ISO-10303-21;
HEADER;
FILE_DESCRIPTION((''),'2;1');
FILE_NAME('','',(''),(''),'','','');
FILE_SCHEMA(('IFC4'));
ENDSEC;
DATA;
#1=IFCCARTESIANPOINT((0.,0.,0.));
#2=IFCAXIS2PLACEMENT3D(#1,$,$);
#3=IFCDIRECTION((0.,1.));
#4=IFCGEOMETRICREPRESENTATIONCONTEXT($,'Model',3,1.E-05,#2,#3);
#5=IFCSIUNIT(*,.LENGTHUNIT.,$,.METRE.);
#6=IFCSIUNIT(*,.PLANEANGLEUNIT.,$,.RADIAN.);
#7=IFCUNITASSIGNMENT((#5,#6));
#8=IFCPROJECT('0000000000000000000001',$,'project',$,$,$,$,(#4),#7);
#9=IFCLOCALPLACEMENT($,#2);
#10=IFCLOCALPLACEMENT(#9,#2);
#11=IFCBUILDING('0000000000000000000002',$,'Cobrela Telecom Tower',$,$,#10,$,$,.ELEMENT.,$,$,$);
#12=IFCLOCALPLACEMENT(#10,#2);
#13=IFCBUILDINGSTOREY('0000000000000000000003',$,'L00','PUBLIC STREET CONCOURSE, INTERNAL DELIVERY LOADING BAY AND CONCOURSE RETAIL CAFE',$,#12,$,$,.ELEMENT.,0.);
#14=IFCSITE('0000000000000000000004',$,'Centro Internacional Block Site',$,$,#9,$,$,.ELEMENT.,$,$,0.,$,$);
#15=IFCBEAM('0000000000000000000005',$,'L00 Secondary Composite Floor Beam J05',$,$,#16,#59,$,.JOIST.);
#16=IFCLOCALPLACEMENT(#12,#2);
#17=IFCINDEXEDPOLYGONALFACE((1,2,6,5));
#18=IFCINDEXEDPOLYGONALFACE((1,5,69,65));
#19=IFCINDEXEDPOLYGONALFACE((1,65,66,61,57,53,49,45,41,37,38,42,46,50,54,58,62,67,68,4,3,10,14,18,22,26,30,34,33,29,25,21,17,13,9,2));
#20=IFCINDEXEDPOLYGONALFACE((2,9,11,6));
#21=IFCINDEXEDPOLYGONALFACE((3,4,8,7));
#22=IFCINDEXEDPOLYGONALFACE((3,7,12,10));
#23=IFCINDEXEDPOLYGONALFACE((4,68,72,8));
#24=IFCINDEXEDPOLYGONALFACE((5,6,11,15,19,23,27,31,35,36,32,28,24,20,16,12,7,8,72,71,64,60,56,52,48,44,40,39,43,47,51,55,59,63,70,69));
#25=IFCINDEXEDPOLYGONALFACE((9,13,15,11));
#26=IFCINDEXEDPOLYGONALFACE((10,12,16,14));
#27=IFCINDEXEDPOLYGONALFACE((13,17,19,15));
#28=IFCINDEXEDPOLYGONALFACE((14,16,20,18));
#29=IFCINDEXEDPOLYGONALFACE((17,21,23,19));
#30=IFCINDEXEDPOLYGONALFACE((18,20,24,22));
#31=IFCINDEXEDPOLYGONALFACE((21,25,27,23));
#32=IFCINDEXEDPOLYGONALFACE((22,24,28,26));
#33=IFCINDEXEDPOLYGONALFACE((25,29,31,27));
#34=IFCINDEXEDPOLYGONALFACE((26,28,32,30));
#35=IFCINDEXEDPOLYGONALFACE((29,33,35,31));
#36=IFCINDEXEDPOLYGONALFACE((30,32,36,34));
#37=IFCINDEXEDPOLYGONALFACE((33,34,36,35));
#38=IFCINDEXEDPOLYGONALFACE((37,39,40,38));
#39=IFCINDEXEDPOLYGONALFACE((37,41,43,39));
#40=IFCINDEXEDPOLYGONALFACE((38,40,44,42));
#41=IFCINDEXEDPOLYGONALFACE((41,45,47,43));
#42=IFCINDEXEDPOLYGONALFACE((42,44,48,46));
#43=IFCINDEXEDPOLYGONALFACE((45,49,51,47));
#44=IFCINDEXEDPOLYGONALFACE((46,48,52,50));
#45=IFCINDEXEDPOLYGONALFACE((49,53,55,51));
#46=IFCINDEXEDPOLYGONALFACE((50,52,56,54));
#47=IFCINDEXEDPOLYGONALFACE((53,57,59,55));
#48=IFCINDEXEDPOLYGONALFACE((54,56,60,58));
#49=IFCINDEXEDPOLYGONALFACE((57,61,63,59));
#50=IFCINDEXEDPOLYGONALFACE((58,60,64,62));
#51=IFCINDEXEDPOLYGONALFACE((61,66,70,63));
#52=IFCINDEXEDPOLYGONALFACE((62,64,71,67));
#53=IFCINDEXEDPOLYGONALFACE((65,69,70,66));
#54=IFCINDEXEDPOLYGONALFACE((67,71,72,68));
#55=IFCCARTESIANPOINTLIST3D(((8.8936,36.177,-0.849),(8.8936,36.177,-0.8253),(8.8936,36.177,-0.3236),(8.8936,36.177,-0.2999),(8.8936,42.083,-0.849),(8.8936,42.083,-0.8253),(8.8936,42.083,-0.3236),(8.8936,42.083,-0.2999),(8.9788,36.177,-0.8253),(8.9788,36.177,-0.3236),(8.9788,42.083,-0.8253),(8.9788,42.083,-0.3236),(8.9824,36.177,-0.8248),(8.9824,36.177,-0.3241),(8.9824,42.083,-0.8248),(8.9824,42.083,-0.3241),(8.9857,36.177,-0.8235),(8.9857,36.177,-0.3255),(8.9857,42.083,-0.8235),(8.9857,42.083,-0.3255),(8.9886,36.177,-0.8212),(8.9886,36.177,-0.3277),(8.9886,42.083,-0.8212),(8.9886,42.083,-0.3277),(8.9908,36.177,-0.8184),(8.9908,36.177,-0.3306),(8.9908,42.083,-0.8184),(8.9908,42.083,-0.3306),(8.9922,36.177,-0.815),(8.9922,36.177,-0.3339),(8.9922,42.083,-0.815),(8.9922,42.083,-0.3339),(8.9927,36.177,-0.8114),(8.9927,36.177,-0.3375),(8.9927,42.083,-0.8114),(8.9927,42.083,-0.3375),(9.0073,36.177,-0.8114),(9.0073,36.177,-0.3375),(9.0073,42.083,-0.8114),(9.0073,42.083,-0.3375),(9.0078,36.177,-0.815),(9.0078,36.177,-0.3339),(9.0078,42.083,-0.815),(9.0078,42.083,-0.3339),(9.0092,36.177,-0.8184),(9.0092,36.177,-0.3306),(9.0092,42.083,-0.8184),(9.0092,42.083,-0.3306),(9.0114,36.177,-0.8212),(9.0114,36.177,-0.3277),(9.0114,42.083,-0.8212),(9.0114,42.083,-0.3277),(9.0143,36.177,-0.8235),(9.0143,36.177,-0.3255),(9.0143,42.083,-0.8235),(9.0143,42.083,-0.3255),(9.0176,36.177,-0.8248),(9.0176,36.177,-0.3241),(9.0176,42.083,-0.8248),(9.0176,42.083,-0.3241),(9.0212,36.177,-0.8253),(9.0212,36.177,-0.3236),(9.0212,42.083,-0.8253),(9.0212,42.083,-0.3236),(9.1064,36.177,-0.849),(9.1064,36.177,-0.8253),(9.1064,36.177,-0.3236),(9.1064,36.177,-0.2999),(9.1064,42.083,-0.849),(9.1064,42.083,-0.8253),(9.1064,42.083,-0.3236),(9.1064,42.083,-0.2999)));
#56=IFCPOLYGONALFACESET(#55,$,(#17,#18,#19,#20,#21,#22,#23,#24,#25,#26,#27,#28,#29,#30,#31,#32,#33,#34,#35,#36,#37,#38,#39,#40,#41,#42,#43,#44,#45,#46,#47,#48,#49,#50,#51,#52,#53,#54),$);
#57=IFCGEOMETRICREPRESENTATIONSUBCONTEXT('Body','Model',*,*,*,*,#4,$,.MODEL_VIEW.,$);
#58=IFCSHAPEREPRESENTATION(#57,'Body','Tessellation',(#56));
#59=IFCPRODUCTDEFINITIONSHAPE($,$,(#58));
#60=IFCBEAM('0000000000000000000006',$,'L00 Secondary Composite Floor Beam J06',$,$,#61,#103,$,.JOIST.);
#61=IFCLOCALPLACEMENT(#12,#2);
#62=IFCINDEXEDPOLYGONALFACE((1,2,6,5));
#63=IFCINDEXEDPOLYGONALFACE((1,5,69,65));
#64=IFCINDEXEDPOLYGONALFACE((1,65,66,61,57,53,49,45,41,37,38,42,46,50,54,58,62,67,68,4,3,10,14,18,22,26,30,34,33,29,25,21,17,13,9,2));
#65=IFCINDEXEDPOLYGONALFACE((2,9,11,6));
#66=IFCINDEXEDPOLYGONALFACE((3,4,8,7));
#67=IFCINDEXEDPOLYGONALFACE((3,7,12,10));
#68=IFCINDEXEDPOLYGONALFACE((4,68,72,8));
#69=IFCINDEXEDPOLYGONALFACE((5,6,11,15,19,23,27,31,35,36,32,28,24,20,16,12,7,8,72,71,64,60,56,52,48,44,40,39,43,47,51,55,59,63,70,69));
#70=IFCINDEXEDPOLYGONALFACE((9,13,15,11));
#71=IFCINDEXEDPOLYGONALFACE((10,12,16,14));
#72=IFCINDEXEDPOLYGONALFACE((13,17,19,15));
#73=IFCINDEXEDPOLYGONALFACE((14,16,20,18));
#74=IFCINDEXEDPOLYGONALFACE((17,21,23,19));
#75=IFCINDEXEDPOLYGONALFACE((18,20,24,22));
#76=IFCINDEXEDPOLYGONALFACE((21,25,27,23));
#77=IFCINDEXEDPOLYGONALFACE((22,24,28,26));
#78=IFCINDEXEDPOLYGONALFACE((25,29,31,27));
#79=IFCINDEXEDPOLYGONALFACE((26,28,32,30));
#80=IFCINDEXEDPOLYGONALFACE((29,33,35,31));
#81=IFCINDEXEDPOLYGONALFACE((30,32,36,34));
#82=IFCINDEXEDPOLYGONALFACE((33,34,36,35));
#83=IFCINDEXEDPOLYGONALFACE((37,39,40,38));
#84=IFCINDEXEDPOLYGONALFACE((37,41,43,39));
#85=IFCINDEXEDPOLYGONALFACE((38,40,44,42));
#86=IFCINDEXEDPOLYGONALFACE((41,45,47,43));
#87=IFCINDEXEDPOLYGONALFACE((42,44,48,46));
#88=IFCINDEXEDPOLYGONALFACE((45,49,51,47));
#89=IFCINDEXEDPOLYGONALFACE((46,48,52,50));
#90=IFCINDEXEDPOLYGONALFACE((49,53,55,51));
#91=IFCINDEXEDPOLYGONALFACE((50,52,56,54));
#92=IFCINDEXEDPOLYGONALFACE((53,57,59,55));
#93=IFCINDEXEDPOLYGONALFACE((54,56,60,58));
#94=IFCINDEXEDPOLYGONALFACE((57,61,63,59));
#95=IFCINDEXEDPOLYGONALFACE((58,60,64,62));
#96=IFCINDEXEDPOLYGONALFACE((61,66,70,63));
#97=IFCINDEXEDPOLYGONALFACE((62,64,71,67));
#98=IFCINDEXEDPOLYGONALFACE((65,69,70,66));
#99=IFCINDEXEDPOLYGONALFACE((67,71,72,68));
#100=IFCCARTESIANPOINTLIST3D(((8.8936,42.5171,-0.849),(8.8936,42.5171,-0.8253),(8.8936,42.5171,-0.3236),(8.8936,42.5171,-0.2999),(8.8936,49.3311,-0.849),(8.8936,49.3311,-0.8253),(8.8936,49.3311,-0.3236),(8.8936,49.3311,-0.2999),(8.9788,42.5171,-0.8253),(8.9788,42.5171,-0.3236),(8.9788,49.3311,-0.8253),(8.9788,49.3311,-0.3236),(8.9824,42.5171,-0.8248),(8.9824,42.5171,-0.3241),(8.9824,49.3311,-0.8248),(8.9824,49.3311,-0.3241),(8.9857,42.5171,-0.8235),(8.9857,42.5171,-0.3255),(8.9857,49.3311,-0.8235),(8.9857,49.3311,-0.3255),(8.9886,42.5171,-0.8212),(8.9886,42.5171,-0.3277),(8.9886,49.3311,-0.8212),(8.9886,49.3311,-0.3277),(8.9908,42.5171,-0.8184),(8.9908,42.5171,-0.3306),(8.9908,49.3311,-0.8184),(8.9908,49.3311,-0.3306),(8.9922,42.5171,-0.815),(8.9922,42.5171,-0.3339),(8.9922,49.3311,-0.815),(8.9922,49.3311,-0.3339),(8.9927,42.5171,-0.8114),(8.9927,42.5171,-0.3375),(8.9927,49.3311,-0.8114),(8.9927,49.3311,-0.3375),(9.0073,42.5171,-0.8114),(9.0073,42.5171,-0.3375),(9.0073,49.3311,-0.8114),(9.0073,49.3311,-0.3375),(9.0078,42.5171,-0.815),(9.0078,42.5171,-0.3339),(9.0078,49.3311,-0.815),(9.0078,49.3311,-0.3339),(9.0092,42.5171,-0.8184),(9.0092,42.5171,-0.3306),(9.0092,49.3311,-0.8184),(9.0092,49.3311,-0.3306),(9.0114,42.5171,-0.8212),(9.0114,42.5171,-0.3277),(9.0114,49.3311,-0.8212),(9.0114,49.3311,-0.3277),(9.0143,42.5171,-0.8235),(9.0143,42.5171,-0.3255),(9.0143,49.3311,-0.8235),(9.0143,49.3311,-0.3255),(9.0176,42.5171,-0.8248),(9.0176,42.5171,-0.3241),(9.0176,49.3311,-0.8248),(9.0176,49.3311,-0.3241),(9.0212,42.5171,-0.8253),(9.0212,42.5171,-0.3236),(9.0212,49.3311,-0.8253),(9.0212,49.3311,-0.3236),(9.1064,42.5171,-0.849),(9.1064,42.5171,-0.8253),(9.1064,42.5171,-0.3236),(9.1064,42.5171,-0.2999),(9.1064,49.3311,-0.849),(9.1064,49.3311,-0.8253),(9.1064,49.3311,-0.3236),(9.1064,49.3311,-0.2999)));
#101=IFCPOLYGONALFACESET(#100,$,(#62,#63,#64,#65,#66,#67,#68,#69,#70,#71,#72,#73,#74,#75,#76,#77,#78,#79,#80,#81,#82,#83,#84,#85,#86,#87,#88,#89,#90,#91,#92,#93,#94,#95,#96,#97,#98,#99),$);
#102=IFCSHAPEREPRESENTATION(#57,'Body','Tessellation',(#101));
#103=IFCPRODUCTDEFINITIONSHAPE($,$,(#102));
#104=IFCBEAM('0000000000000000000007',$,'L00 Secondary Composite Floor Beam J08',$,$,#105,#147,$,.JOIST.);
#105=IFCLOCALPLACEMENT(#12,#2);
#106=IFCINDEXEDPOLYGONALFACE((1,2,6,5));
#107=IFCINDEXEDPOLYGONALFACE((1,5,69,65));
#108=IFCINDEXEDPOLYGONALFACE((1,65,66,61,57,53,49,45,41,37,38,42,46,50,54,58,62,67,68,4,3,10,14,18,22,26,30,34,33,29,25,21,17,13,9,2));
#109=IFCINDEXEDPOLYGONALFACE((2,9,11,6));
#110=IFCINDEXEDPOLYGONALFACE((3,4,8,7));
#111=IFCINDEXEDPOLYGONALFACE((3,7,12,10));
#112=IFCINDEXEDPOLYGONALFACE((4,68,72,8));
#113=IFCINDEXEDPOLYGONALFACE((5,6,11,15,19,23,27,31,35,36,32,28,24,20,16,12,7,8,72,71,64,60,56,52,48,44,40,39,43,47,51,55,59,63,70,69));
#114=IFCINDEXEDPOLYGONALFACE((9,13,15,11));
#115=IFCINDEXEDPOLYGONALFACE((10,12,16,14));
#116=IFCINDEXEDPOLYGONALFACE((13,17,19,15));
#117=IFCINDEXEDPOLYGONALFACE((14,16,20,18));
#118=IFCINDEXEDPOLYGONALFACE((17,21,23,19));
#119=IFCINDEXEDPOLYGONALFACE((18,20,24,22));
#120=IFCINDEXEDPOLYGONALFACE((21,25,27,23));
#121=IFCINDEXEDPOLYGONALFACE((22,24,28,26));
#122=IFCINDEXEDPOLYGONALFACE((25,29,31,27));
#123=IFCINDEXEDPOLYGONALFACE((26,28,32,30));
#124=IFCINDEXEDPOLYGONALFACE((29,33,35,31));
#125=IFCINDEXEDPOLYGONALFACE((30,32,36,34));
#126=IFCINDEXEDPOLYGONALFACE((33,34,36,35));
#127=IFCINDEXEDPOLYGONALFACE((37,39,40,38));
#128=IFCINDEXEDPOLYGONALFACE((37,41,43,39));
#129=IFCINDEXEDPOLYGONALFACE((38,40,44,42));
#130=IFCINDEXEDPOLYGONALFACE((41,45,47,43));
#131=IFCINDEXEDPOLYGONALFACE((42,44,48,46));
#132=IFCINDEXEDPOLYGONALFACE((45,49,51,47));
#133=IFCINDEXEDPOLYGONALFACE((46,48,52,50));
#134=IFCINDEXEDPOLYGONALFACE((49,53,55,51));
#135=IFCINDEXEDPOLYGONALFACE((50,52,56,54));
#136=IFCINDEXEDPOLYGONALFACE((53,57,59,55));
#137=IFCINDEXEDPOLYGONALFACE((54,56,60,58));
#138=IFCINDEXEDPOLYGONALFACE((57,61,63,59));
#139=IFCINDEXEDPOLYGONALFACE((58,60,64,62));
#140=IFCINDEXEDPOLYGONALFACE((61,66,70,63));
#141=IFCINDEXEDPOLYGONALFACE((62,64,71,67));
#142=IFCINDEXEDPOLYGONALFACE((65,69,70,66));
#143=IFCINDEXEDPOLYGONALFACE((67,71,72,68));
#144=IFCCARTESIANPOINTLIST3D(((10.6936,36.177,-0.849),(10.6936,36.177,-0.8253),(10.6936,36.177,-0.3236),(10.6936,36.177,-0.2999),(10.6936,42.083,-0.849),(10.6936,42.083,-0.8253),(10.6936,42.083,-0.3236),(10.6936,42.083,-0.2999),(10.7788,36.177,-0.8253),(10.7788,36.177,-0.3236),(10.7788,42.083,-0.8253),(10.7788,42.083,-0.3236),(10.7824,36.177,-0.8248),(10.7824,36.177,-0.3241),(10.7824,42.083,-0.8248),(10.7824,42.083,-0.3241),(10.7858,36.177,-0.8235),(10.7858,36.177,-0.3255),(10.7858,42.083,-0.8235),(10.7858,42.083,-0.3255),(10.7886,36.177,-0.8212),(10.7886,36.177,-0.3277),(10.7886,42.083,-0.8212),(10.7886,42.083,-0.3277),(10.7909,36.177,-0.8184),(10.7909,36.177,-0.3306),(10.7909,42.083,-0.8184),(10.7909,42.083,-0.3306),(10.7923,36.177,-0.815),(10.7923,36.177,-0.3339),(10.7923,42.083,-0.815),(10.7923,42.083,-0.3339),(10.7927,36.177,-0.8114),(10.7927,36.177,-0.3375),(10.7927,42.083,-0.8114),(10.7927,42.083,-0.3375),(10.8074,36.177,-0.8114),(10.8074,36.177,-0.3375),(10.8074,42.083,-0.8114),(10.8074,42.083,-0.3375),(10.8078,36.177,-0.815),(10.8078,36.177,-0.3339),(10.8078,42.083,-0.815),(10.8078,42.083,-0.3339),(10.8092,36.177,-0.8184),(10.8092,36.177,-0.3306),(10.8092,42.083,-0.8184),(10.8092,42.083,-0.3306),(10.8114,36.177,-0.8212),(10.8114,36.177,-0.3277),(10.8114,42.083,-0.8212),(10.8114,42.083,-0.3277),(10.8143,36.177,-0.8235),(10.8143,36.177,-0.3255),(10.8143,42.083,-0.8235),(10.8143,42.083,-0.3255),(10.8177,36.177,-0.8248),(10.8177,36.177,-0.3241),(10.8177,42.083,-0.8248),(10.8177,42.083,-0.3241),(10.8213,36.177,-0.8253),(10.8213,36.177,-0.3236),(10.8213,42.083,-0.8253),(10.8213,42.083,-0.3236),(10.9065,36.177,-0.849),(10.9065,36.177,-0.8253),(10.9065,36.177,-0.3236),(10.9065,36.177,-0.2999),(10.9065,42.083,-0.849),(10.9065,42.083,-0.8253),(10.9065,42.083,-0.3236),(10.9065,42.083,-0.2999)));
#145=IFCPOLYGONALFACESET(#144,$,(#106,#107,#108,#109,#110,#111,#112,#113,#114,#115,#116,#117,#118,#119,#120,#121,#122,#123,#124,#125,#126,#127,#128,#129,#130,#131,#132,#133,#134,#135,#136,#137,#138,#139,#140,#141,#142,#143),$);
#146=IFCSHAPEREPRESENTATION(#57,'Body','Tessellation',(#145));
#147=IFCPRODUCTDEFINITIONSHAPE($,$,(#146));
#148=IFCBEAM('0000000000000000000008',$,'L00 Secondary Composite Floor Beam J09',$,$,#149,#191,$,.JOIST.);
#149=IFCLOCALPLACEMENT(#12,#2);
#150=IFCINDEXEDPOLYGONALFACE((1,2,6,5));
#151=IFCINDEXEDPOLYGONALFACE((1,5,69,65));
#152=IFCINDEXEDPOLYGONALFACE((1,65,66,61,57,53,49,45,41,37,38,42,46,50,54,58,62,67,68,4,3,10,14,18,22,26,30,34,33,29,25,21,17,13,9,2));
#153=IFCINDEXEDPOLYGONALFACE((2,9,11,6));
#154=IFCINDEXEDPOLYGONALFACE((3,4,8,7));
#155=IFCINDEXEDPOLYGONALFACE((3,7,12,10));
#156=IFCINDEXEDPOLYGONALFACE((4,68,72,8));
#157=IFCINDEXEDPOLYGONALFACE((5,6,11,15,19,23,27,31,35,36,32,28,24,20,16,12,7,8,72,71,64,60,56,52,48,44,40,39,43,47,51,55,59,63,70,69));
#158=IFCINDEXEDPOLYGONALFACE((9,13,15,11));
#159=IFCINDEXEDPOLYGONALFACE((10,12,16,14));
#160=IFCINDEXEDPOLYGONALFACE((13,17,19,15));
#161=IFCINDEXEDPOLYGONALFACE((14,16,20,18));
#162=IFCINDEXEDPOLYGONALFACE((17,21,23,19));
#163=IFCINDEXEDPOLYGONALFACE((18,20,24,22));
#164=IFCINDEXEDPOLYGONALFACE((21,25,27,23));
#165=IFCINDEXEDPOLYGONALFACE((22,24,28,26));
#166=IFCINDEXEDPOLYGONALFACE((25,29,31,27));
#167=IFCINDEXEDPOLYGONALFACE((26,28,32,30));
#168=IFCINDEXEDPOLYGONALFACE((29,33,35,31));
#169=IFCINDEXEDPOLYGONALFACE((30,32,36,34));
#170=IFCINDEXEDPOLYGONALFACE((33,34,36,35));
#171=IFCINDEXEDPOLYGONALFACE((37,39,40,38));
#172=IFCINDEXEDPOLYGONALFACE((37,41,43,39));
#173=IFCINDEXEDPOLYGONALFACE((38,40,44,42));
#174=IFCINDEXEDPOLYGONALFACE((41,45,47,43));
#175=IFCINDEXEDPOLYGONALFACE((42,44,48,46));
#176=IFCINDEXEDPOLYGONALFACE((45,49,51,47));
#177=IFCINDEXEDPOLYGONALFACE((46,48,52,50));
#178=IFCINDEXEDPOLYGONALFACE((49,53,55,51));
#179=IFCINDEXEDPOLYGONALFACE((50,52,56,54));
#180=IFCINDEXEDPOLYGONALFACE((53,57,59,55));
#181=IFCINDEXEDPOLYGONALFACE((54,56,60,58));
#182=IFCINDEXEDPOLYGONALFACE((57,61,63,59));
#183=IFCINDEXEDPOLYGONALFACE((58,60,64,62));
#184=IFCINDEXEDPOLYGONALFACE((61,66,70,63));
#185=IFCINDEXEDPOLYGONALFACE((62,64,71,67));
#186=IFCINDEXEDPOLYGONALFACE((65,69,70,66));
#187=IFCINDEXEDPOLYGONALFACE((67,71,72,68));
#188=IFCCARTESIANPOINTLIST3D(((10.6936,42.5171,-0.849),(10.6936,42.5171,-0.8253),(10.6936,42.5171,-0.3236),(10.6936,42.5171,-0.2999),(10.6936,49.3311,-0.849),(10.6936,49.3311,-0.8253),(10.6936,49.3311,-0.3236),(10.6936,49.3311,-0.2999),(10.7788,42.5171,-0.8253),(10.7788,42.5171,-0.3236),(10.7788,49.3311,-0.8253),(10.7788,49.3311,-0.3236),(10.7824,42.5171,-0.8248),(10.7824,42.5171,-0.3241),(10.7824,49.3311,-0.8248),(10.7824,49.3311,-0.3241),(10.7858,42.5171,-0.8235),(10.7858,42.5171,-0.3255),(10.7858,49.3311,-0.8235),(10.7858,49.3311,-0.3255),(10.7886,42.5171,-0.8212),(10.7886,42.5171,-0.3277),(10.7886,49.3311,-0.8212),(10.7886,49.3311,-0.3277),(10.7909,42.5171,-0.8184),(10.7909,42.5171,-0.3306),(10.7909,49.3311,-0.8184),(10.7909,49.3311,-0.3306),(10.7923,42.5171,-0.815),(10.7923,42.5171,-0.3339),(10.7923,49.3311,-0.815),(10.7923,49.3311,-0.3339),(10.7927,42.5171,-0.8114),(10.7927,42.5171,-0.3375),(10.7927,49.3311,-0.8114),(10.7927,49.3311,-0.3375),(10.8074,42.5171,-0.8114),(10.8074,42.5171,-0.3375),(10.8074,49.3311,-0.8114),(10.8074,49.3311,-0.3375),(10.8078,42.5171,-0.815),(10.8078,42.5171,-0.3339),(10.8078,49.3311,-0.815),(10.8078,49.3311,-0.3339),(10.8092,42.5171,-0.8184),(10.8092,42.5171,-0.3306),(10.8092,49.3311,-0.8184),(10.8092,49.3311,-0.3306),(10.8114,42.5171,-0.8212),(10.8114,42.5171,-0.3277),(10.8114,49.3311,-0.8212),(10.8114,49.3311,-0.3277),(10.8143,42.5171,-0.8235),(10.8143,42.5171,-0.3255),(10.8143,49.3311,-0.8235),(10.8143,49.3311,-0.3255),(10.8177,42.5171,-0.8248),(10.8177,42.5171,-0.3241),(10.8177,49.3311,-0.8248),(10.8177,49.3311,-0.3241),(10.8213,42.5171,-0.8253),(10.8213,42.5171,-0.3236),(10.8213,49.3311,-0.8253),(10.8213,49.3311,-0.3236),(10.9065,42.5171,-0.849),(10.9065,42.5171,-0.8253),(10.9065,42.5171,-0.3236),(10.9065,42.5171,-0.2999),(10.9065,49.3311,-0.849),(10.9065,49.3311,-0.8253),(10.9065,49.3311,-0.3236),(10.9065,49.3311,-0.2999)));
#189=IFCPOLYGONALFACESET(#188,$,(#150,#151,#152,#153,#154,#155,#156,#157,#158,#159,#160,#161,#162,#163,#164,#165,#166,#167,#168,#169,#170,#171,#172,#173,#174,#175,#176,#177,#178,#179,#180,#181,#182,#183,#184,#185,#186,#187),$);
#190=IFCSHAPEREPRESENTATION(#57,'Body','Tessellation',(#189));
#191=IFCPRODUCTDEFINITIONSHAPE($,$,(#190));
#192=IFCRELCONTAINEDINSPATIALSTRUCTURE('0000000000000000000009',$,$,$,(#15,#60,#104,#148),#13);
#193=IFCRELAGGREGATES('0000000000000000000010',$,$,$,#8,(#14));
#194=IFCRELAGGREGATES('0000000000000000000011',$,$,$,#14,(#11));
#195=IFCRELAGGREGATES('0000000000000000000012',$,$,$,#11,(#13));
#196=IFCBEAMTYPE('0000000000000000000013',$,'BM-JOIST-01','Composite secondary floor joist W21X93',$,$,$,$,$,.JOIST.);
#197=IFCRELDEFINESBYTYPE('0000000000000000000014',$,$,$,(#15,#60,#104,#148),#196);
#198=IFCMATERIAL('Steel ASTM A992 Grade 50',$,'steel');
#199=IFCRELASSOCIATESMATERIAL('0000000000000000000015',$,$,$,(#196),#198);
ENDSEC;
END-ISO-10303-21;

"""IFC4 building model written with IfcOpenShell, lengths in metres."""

from ifc_helpers import new_model, si_unit, direction, frame, origin, origin_2d, place, context, subcontext, project, spatial, i_section, extrude, material, material_profile, profile_set, type_object, element, save


model = new_model("IFC4")

# Units and contexts
model_context = context("Model", 3, precision=1e-05, world=origin(), true_north=direction((0.0, 1.0)))
body_context = subcontext(model_context, "Body", "Model", "MODEL_VIEW")
ifc_project = project(units=[si_unit("LENGTHUNIT", "METRE"), si_unit("PLANEANGLEUNIT", "RADIAN")], contexts=[model_context])

# Site, building, storey
site_placement = place(None, origin())
site = spatial("IfcSite", under=ifc_project, at=site_placement, Name="Centro Internacional Block Site", CompositionType="ELEMENT", RefElevation=0.0)
building_placement = place(site_placement, origin())
building = spatial("IfcBuilding", under=site, at=building_placement, Name="Cobrela Telecom Tower", CompositionType="ELEMENT")
storey_placement = place(building_placement, origin())
storey = spatial("IfcBuildingStorey", under=building, at=storey_placement, Name="L00", Description="PUBLIC STREET CONCOURSE, INTERNAL DELIVERY LOADING BAY AND CONCOURSE RETAIL CAFE", CompositionType="ELEMENT", Elevation=0.0)

# Beams
ifc_material_1 = material(Name="Steel ASTM A992 Grade 50", Category="steel")
ifc_material_profile_1 = material_profile(ifc_material_1, i_section(OverallWidth=0.2129, OverallDepth=0.5491, WebThickness=0.0146, FlangeThickness=0.0237, FilletRadius=0.0139, at=origin_2d()), Name="W21X93")
ifc_profile_set_1 = profile_set([ifc_material_profile_1], Name="Steel ASTM A992 Grade 50")
beam_type_1 = type_object("IfcBeamType", Name="BM-JOIST-01", Description="Composite secondary floor joist W21X93", PredefinedType="JOIST", material=ifc_profile_set_1)
beam_1_placement = place(storey_placement, frame((9.0, 36.177, -0.5745), z_axis=(0.0, 1.0, 0.0), x_axis=(-1.0, 0.0, 0.0)))
element("IfcBeam", 1, at=beam_1_placement, inside=storey, type_object=beam_type_1, Name="L00 Secondary Composite Floor Beam J05", PredefinedType="JOIST", context=body_context, shape_type="SweptSolid", body=[
    extrude(i_section(OverallWidth=0.2129, OverallDepth=0.5491, WebThickness=0.0146, FlangeThickness=0.0237, FilletRadius=0.0139, at=origin_2d()), origin(), (0.0, 0.0, 1.0), 5.906),
])
beam_2_placement = place(storey_placement, frame((9.0, 42.5171, -0.5745), z_axis=(0.0, 1.0, 0.0), x_axis=(-1.0, 0.0, 0.0)))
element("IfcBeam", 2, at=beam_2_placement, inside=storey, type_object=beam_type_1, Name="L00 Secondary Composite Floor Beam J06", PredefinedType="JOIST", context=body_context, shape_type="SweptSolid", body=[
    extrude(i_section(OverallWidth=0.2129, OverallDepth=0.5491, WebThickness=0.0146, FlangeThickness=0.0237, FilletRadius=0.0139, at=origin_2d()), origin(), (0.0, 0.0, 1.0), 6.814),
])
beam_3_placement = place(storey_placement, frame((10.8, 36.177, -0.5745), z_axis=(0.0, 1.0, 0.0), x_axis=(-1.0, 0.0, 0.0)))
element("IfcBeam", 3, at=beam_3_placement, inside=storey, type_object=beam_type_1, Name="L00 Secondary Composite Floor Beam J08", PredefinedType="JOIST", context=body_context, shape_type="SweptSolid", body=[
    extrude(i_section(OverallWidth=0.2129, OverallDepth=0.5491, WebThickness=0.0146, FlangeThickness=0.0237, FilletRadius=0.0139, at=origin_2d()), origin(), (0.0, 0.0, 1.0), 5.906),
])
beam_4_placement = place(storey_placement, frame((10.8, 42.5171, -0.5745), z_axis=(0.0, 1.0, 0.0), x_axis=(-1.0, 0.0, 0.0)))
element("IfcBeam", 4, at=beam_4_placement, inside=storey, type_object=beam_type_1, Name="L00 Secondary Composite Floor Beam J09", PredefinedType="JOIST", context=body_context, shape_type="SweptSolid", body=[
    extrude(i_section(OverallWidth=0.2129, OverallDepth=0.5491, WebThickness=0.0146, FlangeThickness=0.0237, FilletRadius=0.0139, at=origin_2d()), origin(), (0.0, 0.0, 1.0), 6.814),
])

save(model, "model.ifc")
